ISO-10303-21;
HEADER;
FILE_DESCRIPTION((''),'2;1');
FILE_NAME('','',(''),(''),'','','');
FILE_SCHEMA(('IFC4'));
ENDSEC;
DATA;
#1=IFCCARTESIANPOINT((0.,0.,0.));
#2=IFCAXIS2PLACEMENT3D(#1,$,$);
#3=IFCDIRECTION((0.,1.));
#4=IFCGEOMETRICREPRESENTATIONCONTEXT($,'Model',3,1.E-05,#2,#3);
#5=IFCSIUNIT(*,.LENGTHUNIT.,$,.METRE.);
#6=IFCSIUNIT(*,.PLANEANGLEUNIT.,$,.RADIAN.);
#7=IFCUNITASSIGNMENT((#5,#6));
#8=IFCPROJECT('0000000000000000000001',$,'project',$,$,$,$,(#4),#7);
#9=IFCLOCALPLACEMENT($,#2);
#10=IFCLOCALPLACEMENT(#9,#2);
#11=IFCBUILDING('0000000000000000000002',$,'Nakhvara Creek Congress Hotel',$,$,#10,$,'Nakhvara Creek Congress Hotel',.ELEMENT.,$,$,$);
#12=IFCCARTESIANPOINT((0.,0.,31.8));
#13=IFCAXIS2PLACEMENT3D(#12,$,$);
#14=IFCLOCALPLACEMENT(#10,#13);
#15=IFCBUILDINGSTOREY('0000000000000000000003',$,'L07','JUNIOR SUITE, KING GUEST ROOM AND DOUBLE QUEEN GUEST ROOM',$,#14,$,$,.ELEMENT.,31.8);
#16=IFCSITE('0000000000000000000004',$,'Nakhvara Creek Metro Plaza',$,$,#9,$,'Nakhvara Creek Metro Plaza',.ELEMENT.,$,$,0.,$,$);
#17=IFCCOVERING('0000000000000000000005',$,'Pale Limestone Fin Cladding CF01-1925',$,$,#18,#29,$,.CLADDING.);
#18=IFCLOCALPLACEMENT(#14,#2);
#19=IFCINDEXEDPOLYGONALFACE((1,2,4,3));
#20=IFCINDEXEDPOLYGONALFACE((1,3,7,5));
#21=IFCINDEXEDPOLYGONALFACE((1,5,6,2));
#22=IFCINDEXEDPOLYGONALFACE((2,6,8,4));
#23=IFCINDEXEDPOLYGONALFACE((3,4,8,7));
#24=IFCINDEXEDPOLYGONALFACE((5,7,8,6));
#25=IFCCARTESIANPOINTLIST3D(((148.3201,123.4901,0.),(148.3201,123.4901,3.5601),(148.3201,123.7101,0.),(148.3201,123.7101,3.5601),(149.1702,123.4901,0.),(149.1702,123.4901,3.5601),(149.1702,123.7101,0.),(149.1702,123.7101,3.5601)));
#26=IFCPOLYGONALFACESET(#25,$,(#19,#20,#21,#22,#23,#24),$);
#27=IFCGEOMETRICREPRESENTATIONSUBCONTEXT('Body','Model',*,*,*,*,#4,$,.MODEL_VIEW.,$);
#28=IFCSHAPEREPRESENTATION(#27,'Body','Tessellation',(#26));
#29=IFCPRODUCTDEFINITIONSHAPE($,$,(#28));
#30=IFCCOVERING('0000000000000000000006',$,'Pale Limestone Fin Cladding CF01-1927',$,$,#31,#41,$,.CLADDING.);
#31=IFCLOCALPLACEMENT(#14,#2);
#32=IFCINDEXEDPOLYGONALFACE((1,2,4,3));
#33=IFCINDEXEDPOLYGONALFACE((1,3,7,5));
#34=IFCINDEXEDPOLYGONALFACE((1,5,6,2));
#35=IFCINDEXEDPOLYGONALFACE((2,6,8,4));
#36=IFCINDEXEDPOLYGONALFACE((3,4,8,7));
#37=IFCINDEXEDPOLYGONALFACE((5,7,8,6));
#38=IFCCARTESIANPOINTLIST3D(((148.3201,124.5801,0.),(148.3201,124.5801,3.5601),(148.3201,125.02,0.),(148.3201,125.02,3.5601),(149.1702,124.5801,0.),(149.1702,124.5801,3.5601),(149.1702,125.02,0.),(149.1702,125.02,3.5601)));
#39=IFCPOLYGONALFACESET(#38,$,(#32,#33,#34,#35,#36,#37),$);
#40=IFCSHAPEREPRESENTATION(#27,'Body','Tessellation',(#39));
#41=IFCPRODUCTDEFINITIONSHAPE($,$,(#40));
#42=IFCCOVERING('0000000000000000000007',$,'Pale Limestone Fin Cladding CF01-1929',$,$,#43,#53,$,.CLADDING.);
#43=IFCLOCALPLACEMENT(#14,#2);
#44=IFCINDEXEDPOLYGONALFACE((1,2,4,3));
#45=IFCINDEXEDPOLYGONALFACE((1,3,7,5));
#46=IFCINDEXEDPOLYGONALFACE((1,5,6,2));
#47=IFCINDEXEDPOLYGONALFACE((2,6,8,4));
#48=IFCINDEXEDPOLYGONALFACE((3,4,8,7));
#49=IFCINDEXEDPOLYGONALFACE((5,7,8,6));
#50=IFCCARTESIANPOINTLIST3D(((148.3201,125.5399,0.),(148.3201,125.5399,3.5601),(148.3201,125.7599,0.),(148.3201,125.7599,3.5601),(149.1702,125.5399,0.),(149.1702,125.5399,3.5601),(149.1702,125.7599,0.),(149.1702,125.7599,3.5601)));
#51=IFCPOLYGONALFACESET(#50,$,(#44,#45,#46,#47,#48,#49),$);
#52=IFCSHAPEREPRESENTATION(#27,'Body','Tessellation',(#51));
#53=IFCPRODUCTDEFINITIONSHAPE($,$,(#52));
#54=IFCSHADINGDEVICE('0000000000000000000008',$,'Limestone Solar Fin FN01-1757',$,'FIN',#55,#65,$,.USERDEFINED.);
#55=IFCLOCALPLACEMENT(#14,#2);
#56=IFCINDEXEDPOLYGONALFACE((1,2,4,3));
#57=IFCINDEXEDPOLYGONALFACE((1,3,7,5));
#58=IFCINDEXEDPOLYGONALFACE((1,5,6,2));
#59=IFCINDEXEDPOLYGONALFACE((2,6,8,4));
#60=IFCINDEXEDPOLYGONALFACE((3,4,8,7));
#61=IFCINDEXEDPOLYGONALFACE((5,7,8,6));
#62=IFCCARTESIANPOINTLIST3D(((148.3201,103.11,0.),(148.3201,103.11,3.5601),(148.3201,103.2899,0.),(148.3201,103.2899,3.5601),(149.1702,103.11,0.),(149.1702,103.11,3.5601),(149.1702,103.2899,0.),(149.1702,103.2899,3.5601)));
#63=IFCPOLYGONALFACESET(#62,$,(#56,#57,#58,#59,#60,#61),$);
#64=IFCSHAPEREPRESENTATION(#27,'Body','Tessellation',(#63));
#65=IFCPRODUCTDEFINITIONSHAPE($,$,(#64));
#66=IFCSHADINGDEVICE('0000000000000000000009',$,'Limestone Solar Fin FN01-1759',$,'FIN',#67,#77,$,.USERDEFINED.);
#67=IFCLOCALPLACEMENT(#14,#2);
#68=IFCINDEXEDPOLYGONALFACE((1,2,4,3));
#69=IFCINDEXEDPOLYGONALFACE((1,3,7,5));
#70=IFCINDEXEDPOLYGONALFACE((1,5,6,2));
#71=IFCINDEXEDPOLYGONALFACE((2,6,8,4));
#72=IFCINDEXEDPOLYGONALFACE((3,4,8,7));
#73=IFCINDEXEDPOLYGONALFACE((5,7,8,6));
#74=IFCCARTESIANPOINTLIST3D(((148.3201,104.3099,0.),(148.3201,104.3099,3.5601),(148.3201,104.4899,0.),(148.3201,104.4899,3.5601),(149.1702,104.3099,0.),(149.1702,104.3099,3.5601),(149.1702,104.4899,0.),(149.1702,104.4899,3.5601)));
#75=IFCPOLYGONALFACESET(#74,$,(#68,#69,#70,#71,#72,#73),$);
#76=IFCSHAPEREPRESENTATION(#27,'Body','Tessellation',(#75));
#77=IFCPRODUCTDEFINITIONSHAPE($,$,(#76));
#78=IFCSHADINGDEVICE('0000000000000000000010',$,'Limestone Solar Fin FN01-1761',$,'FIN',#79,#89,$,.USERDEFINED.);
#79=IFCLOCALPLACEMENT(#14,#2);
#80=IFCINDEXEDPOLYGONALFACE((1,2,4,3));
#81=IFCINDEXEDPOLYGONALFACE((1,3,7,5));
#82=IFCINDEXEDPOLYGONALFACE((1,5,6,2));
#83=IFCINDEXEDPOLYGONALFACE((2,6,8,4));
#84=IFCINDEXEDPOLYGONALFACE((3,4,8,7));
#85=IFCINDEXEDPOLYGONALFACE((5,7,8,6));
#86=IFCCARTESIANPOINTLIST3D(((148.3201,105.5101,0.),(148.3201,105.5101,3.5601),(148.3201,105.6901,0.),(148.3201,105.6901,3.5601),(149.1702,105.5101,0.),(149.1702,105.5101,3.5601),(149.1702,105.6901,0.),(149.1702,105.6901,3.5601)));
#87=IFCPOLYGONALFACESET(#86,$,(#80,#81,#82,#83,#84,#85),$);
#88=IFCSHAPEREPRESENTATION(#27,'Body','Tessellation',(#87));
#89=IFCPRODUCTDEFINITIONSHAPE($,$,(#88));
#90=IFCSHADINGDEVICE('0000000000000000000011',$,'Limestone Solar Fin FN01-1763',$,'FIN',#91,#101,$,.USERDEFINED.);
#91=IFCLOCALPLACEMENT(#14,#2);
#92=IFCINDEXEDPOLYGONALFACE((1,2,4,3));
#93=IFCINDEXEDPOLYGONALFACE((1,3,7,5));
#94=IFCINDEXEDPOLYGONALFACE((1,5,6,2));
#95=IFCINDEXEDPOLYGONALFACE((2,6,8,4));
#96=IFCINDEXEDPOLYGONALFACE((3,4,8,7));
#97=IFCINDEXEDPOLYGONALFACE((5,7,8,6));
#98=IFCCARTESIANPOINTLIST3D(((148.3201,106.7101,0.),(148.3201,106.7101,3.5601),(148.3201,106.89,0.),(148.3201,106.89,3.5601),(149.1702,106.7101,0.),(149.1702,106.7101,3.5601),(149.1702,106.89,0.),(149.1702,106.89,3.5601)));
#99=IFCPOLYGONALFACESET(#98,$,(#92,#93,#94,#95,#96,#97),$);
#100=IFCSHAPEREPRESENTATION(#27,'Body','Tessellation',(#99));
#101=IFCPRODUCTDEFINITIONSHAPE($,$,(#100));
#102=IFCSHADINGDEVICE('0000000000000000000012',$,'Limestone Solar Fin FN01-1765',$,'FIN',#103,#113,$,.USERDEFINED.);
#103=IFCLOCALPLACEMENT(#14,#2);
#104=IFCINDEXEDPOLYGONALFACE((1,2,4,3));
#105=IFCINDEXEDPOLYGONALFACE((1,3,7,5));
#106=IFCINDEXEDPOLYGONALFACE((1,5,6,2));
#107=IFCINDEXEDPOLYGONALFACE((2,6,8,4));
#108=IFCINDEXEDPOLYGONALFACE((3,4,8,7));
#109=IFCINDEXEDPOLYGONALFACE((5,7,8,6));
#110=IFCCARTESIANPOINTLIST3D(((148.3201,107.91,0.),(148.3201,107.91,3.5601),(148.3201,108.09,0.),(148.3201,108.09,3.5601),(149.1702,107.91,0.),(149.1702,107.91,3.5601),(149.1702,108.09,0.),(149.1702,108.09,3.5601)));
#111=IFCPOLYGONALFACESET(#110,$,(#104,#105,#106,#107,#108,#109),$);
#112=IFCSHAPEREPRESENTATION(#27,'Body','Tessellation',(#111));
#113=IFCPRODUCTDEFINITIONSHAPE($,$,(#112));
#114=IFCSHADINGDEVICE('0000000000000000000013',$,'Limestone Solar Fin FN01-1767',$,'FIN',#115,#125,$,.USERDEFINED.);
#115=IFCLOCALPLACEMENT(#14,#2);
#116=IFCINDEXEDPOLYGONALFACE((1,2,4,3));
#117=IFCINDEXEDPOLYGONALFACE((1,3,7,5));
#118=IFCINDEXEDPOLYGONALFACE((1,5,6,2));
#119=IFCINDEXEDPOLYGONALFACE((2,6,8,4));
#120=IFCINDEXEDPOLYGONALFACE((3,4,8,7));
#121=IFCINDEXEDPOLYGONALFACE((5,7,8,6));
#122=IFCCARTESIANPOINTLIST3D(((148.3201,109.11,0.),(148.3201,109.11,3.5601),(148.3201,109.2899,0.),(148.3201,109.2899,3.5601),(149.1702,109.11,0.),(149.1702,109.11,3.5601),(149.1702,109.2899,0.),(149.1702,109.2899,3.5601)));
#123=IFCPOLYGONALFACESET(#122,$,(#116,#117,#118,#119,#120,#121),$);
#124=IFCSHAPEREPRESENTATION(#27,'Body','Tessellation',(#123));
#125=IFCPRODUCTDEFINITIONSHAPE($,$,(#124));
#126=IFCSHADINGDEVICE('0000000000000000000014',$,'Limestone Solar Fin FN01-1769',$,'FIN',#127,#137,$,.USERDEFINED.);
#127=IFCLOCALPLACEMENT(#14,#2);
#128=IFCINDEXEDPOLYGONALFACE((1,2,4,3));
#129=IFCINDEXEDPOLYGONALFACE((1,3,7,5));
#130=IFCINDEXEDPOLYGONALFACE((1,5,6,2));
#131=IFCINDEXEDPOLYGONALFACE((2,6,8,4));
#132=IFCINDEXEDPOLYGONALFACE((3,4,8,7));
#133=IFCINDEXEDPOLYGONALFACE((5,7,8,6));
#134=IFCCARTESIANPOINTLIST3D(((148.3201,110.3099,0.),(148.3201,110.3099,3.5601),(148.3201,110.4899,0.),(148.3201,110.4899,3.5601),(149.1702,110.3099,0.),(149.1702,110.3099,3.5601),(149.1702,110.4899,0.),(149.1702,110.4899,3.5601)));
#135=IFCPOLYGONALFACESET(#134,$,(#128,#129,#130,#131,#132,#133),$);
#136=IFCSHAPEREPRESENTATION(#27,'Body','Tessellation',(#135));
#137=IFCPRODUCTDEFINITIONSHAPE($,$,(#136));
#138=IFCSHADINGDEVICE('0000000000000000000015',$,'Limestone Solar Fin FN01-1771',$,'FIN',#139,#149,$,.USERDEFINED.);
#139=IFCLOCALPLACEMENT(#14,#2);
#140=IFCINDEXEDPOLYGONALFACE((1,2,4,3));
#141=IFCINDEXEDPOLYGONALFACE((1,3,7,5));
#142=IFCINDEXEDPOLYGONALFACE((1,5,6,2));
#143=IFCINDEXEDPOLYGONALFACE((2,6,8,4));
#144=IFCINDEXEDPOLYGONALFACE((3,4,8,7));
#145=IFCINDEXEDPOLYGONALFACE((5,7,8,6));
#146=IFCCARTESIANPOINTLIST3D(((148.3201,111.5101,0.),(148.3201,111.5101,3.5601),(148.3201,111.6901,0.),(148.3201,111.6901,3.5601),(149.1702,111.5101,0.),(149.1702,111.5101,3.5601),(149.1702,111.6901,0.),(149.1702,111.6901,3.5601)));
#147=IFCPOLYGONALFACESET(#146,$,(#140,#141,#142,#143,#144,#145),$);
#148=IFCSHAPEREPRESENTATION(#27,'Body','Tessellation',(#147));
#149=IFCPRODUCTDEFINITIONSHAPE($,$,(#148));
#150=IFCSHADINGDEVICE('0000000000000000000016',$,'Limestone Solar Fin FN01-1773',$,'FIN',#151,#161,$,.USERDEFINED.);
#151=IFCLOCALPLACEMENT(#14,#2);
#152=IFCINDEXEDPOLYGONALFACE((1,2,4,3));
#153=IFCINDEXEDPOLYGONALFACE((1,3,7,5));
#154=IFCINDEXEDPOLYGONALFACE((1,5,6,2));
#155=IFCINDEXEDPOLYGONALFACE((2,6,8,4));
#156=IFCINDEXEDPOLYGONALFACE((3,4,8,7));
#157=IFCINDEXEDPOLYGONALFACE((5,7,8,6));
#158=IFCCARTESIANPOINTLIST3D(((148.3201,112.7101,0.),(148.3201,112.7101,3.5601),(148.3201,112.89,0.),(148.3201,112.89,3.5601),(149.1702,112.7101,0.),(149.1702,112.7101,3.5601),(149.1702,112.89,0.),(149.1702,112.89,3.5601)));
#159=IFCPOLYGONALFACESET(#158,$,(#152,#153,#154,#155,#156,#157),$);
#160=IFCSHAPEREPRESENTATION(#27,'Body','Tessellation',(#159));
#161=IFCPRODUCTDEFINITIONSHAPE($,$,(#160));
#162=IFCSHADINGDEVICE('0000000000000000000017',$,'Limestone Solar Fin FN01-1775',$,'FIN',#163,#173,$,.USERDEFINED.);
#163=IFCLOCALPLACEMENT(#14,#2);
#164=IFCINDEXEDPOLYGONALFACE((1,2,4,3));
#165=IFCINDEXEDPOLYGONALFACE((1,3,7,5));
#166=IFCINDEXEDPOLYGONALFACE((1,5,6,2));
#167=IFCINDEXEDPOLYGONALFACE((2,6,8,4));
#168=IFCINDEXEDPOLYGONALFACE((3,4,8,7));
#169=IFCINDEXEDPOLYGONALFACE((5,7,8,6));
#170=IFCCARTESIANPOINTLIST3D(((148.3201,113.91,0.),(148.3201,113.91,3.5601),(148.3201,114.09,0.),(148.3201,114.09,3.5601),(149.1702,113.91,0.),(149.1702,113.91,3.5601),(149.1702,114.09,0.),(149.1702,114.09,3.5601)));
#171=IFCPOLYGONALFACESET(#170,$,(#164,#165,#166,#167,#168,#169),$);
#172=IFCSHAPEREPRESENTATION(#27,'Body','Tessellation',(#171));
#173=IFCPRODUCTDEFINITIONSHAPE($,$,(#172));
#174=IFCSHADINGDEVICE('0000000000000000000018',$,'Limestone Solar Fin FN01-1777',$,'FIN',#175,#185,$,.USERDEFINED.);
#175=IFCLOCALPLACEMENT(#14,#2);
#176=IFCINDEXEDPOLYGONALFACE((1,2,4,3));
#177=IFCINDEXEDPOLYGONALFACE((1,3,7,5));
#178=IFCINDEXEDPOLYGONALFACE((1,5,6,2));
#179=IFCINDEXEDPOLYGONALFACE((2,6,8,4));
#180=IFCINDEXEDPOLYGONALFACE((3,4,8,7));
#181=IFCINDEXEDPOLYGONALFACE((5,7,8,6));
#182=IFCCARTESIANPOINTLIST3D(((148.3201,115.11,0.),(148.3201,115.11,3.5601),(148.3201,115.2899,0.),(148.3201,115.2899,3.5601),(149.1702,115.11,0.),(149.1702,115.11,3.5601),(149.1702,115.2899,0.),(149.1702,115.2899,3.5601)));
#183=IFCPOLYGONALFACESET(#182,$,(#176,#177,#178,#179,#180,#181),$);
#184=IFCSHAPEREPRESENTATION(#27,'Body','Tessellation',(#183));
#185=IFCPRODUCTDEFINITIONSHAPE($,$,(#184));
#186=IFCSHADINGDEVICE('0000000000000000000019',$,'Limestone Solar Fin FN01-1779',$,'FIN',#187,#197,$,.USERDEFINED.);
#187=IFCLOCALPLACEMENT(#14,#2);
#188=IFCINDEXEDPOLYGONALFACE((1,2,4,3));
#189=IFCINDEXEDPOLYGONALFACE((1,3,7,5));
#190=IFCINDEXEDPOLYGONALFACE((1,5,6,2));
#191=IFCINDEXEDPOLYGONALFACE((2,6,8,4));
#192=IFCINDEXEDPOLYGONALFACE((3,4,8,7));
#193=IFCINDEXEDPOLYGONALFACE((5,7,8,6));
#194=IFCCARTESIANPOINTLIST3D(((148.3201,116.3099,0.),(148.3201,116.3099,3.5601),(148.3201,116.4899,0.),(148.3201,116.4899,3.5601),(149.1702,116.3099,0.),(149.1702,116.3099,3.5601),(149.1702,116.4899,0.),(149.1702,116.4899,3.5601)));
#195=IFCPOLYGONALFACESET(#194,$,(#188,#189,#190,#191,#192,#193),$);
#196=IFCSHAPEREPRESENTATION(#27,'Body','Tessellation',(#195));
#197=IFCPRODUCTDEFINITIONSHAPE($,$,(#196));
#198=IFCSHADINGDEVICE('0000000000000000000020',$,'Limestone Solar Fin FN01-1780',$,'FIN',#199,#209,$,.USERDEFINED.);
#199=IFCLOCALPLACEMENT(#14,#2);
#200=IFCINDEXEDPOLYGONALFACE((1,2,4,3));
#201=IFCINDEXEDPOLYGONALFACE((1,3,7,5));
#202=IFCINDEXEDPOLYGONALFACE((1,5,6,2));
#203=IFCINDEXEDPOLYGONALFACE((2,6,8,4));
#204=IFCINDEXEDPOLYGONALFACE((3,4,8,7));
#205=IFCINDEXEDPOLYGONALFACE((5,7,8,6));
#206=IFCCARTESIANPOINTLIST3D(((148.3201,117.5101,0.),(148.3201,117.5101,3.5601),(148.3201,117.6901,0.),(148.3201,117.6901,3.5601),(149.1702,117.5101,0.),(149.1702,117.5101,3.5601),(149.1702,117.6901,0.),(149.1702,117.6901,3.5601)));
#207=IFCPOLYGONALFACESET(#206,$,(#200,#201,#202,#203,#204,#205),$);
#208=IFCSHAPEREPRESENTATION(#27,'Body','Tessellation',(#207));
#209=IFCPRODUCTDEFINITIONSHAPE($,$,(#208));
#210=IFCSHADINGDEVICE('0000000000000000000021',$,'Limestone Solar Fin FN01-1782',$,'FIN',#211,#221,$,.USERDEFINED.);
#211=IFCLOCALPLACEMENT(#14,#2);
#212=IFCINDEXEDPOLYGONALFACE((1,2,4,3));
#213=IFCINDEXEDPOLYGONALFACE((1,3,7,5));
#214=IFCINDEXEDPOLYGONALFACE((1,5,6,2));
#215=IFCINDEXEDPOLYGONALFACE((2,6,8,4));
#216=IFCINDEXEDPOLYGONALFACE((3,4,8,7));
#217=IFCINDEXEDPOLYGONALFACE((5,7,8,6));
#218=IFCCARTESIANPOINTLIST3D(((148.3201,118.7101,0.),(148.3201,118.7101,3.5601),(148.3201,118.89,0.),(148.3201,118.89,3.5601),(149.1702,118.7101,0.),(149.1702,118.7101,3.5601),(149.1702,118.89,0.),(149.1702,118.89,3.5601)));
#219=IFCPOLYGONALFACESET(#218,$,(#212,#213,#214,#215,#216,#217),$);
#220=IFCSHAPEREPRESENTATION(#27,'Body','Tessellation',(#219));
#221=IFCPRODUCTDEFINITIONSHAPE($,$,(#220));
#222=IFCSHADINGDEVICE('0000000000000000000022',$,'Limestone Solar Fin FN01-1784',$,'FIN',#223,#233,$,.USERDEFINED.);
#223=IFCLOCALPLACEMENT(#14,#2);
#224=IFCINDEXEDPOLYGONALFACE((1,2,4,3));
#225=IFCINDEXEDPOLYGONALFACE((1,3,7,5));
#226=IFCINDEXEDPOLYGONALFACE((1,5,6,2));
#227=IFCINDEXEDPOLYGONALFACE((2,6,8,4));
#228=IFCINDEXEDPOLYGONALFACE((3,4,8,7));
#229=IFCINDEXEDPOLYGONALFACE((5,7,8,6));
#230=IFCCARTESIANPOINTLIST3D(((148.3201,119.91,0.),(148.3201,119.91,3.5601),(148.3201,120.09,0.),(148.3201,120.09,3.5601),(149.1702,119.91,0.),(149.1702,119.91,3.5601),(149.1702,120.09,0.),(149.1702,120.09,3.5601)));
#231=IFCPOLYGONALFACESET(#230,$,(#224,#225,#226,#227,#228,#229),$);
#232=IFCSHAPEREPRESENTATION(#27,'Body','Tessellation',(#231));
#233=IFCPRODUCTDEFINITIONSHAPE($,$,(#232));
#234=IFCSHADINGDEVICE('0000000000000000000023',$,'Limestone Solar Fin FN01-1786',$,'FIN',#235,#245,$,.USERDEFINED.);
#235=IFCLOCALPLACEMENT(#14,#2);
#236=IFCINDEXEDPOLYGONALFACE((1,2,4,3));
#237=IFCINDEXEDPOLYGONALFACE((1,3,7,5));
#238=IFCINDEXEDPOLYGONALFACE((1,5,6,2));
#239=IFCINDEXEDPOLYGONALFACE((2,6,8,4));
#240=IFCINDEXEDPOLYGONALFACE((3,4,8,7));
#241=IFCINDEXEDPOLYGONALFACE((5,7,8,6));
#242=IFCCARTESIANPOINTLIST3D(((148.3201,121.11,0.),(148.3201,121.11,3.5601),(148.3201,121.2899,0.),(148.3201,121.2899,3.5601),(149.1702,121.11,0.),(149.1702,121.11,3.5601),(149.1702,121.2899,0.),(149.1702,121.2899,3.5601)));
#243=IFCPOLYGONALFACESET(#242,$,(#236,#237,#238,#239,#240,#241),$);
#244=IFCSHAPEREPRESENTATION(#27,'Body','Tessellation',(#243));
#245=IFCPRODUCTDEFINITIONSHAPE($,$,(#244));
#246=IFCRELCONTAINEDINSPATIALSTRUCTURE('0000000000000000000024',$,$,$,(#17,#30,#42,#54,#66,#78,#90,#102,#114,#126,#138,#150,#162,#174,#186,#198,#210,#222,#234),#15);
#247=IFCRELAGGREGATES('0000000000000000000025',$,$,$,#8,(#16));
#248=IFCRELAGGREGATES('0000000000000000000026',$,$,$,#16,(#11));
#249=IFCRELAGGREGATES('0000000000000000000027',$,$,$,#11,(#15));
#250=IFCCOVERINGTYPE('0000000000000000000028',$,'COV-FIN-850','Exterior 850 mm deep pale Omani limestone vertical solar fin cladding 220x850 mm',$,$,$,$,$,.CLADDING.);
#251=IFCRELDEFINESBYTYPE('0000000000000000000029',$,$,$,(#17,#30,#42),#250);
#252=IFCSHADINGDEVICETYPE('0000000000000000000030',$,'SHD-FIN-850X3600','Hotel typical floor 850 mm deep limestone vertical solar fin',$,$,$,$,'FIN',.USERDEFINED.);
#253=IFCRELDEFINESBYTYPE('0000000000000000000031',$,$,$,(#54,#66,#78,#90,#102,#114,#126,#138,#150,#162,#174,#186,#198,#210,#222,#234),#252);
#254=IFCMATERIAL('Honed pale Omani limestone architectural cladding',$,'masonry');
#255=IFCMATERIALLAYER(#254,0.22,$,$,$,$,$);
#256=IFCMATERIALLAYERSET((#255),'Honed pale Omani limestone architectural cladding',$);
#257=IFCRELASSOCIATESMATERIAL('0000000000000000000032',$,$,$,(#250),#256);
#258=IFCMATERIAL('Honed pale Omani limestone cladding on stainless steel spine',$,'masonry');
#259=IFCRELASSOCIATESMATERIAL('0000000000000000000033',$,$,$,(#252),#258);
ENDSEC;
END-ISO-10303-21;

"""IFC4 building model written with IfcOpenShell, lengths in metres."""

from ifc_helpers import new_model, si_unit, direction, frame, origin, origin_2d, place, context, subcontext, project, spatial, rectangle, extrude, material, layer, layer_set, type_object, element, save


model = new_model("IFC4")

# Units and contexts
model_context = context("Model", 3, precision=1e-05, world=origin(), true_north=direction((0.0, 1.0)))
body_context = subcontext(model_context, "Body", "Model", "MODEL_VIEW")
ifc_project = project(units=[si_unit("LENGTHUNIT", "METRE"), si_unit("PLANEANGLEUNIT", "RADIAN")], contexts=[model_context])

# Site, building, storey
site_placement = place(None, origin())
site = spatial("IfcSite", under=ifc_project, at=site_placement, Name="Nakhvara Creek Metro Plaza", LongName="Nakhvara Creek Metro Plaza", CompositionType="ELEMENT", RefElevation=0.0)
building_placement = place(site_placement, origin())
building = spatial("IfcBuilding", under=site, at=building_placement, Name="Nakhvara Creek Congress Hotel", LongName="Nakhvara Creek Congress Hotel", CompositionType="ELEMENT")
storey_placement = place(building_placement, frame((0.0, 0.0, 31.8)))
storey = spatial("IfcBuildingStorey", under=building, at=storey_placement, Name="L07", Description="JUNIOR SUITE, KING GUEST ROOM AND DOUBLE QUEEN GUEST ROOM", CompositionType="ELEMENT", Elevation=31.8)

# Coverings
ifc_material_1 = material(Name="Honed pale Omani limestone architectural cladding", Category="masonry")
ifc_layer = layer(ifc_material_1, 0.22)
ifc_layer_set = layer_set([ifc_layer], Name="Honed pale Omani limestone architectural cladding")
covering_type = type_object("IfcCoveringType", Name="COV-FIN-850", Description="Exterior 850 mm deep pale Omani limestone vertical solar fin cladding 220x850 mm", PredefinedType="CLADDING", material=ifc_layer_set)
for number, where, z_axis, x_axis, name in (
    (1, (148.7451, 123.6001, 0.0), (0.0, 0.0, 1.0), (0.0, 1.0, 0.0), "Pale Limestone Fin Cladding CF01-1925"),
):
    element("IfcCovering", number, at=place(storey_placement, frame(where, z_axis=z_axis, x_axis=x_axis)), inside=storey, type_object=covering_type, Name=name, PredefinedType="CLADDING", context=body_context, shape_type="SweptSolid", body=[
        extrude(rectangle(XDim=0.22, YDim=0.8501, at=origin_2d()), origin(), (0.0, 0.0, 1.0), 3.5601),
    ])
covering_1_placement = place(storey_placement, frame((148.7451, 124.8, 0.0), z_axis=(0.0, 0.0, 1.0), x_axis=(0.0, 1.0, 0.0)))
element("IfcCovering", 2, at=covering_1_placement, inside=storey, type_object=covering_type, Name="Pale Limestone Fin Cladding CF01-1927", PredefinedType="CLADDING", context=body_context, shape_type="SweptSolid", body=[
    extrude(rectangle(XDim=0.4399, YDim=0.8501, at=origin_2d()), origin(), (0.0, 0.0, 1.0), 3.5601),
])
covering_2_placement = place(storey_placement, frame((148.7451, 125.6499, 0.0), z_axis=(0.0, 0.0, 1.0), x_axis=(0.0, 1.0, 0.0)))
element("IfcCovering", 3, at=covering_2_placement, inside=storey, type_object=covering_type, Name="Pale Limestone Fin Cladding CF01-1929", PredefinedType="CLADDING", context=body_context, shape_type="SweptSolid", body=[
    extrude(rectangle(XDim=0.22, YDim=0.8501, at=origin_2d()), origin(), (0.0, 0.0, 1.0), 3.5601),
])

# Shading devices
ifc_material_2 = material(Name="Honed pale Omani limestone cladding on stainless steel spine", Category="masonry")
shading_device_type = type_object("IfcShadingDeviceType", Name="SHD-FIN-850X3600", Description="Hotel typical floor 850 mm deep limestone vertical solar fin", ElementType="FIN", PredefinedType="USERDEFINED", material=ifc_material_2)
for number, where, z_axis, x_axis, name in (
    (4, (148.7451, 103.2, 0.0), (0.0, 0.0, 1.0), (0.0, 1.0, 0.0), "Limestone Solar Fin FN01-1757"),
    (5, (148.7451, 104.3999, 0.0), (0.0, 0.0, 1.0), (0.0, 1.0, 0.0), "Limestone Solar Fin FN01-1759"),
    (6, (148.7451, 105.6001, 0.0), (0.0, 0.0, 1.0), (0.0, 1.0, 0.0), "Limestone Solar Fin FN01-1761"),
    (7, (148.7451, 106.8, 0.0), (0.0, 0.0, 1.0), (0.0, 1.0, 0.0), "Limestone Solar Fin FN01-1763"),
    (8, (148.7451, 108.0, 0.0), (0.0, 0.0, 1.0), (0.0, 1.0, 0.0), "Limestone Solar Fin FN01-1765"),
    (9, (148.7451, 109.2, 0.0), (0.0, 0.0, 1.0), (0.0, 1.0, 0.0), "Limestone Solar Fin FN01-1767"),
    (10, (148.7451, 110.3999, 0.0), (0.0, 0.0, 1.0), (0.0, 1.0, 0.0), "Limestone Solar Fin FN01-1769"),
    (11, (148.7451, 111.6001, 0.0), (0.0, 0.0, 1.0), (0.0, 1.0, 0.0), "Limestone Solar Fin FN01-1771"),
    (12, (148.7451, 112.8, 0.0), (0.0, 0.0, 1.0), (0.0, 1.0, 0.0), "Limestone Solar Fin FN01-1773"),
    (13, (148.7451, 114.0, 0.0), (0.0, 0.0, 1.0), (0.0, 1.0, 0.0), "Limestone Solar Fin FN01-1775"),
    (14, (148.7451, 115.2, 0.0), (0.0, 0.0, 1.0), (0.0, 1.0, 0.0), "Limestone Solar Fin FN01-1777"),
    (15, (148.7451, 116.3999, 0.0), (0.0, 0.0, 1.0), (0.0, 1.0, 0.0), "Limestone Solar Fin FN01-1779"),
    (16, (148.7451, 117.6001, 0.0), (0.0, 0.0, 1.0), (0.0, 1.0, 0.0), "Limestone Solar Fin FN01-1780"),
    (17, (148.7451, 118.8, 0.0), (0.0, 0.0, 1.0), (0.0, 1.0, 0.0), "Limestone Solar Fin FN01-1782"),
    (18, (148.7451, 120.0, 0.0), (0.0, 0.0, 1.0), (0.0, 1.0, 0.0), "Limestone Solar Fin FN01-1784"),
    (19, (148.7451, 121.2, 0.0), (0.0, 0.0, 1.0), (0.0, 1.0, 0.0), "Limestone Solar Fin FN01-1786"),
):
    element("IfcShadingDevice", number, at=place(storey_placement, frame(where, z_axis=z_axis, x_axis=x_axis)), inside=storey, type_object=shading_device_type, Name=name, ObjectType="FIN", PredefinedType="USERDEFINED", context=body_context, shape_type="SweptSolid", body=[
        extrude(rectangle(XDim=0.1799, YDim=0.8501, at=origin_2d()), origin(), (0.0, 0.0, 1.0), 3.5601),
    ])

save(model, "model.ifc")
